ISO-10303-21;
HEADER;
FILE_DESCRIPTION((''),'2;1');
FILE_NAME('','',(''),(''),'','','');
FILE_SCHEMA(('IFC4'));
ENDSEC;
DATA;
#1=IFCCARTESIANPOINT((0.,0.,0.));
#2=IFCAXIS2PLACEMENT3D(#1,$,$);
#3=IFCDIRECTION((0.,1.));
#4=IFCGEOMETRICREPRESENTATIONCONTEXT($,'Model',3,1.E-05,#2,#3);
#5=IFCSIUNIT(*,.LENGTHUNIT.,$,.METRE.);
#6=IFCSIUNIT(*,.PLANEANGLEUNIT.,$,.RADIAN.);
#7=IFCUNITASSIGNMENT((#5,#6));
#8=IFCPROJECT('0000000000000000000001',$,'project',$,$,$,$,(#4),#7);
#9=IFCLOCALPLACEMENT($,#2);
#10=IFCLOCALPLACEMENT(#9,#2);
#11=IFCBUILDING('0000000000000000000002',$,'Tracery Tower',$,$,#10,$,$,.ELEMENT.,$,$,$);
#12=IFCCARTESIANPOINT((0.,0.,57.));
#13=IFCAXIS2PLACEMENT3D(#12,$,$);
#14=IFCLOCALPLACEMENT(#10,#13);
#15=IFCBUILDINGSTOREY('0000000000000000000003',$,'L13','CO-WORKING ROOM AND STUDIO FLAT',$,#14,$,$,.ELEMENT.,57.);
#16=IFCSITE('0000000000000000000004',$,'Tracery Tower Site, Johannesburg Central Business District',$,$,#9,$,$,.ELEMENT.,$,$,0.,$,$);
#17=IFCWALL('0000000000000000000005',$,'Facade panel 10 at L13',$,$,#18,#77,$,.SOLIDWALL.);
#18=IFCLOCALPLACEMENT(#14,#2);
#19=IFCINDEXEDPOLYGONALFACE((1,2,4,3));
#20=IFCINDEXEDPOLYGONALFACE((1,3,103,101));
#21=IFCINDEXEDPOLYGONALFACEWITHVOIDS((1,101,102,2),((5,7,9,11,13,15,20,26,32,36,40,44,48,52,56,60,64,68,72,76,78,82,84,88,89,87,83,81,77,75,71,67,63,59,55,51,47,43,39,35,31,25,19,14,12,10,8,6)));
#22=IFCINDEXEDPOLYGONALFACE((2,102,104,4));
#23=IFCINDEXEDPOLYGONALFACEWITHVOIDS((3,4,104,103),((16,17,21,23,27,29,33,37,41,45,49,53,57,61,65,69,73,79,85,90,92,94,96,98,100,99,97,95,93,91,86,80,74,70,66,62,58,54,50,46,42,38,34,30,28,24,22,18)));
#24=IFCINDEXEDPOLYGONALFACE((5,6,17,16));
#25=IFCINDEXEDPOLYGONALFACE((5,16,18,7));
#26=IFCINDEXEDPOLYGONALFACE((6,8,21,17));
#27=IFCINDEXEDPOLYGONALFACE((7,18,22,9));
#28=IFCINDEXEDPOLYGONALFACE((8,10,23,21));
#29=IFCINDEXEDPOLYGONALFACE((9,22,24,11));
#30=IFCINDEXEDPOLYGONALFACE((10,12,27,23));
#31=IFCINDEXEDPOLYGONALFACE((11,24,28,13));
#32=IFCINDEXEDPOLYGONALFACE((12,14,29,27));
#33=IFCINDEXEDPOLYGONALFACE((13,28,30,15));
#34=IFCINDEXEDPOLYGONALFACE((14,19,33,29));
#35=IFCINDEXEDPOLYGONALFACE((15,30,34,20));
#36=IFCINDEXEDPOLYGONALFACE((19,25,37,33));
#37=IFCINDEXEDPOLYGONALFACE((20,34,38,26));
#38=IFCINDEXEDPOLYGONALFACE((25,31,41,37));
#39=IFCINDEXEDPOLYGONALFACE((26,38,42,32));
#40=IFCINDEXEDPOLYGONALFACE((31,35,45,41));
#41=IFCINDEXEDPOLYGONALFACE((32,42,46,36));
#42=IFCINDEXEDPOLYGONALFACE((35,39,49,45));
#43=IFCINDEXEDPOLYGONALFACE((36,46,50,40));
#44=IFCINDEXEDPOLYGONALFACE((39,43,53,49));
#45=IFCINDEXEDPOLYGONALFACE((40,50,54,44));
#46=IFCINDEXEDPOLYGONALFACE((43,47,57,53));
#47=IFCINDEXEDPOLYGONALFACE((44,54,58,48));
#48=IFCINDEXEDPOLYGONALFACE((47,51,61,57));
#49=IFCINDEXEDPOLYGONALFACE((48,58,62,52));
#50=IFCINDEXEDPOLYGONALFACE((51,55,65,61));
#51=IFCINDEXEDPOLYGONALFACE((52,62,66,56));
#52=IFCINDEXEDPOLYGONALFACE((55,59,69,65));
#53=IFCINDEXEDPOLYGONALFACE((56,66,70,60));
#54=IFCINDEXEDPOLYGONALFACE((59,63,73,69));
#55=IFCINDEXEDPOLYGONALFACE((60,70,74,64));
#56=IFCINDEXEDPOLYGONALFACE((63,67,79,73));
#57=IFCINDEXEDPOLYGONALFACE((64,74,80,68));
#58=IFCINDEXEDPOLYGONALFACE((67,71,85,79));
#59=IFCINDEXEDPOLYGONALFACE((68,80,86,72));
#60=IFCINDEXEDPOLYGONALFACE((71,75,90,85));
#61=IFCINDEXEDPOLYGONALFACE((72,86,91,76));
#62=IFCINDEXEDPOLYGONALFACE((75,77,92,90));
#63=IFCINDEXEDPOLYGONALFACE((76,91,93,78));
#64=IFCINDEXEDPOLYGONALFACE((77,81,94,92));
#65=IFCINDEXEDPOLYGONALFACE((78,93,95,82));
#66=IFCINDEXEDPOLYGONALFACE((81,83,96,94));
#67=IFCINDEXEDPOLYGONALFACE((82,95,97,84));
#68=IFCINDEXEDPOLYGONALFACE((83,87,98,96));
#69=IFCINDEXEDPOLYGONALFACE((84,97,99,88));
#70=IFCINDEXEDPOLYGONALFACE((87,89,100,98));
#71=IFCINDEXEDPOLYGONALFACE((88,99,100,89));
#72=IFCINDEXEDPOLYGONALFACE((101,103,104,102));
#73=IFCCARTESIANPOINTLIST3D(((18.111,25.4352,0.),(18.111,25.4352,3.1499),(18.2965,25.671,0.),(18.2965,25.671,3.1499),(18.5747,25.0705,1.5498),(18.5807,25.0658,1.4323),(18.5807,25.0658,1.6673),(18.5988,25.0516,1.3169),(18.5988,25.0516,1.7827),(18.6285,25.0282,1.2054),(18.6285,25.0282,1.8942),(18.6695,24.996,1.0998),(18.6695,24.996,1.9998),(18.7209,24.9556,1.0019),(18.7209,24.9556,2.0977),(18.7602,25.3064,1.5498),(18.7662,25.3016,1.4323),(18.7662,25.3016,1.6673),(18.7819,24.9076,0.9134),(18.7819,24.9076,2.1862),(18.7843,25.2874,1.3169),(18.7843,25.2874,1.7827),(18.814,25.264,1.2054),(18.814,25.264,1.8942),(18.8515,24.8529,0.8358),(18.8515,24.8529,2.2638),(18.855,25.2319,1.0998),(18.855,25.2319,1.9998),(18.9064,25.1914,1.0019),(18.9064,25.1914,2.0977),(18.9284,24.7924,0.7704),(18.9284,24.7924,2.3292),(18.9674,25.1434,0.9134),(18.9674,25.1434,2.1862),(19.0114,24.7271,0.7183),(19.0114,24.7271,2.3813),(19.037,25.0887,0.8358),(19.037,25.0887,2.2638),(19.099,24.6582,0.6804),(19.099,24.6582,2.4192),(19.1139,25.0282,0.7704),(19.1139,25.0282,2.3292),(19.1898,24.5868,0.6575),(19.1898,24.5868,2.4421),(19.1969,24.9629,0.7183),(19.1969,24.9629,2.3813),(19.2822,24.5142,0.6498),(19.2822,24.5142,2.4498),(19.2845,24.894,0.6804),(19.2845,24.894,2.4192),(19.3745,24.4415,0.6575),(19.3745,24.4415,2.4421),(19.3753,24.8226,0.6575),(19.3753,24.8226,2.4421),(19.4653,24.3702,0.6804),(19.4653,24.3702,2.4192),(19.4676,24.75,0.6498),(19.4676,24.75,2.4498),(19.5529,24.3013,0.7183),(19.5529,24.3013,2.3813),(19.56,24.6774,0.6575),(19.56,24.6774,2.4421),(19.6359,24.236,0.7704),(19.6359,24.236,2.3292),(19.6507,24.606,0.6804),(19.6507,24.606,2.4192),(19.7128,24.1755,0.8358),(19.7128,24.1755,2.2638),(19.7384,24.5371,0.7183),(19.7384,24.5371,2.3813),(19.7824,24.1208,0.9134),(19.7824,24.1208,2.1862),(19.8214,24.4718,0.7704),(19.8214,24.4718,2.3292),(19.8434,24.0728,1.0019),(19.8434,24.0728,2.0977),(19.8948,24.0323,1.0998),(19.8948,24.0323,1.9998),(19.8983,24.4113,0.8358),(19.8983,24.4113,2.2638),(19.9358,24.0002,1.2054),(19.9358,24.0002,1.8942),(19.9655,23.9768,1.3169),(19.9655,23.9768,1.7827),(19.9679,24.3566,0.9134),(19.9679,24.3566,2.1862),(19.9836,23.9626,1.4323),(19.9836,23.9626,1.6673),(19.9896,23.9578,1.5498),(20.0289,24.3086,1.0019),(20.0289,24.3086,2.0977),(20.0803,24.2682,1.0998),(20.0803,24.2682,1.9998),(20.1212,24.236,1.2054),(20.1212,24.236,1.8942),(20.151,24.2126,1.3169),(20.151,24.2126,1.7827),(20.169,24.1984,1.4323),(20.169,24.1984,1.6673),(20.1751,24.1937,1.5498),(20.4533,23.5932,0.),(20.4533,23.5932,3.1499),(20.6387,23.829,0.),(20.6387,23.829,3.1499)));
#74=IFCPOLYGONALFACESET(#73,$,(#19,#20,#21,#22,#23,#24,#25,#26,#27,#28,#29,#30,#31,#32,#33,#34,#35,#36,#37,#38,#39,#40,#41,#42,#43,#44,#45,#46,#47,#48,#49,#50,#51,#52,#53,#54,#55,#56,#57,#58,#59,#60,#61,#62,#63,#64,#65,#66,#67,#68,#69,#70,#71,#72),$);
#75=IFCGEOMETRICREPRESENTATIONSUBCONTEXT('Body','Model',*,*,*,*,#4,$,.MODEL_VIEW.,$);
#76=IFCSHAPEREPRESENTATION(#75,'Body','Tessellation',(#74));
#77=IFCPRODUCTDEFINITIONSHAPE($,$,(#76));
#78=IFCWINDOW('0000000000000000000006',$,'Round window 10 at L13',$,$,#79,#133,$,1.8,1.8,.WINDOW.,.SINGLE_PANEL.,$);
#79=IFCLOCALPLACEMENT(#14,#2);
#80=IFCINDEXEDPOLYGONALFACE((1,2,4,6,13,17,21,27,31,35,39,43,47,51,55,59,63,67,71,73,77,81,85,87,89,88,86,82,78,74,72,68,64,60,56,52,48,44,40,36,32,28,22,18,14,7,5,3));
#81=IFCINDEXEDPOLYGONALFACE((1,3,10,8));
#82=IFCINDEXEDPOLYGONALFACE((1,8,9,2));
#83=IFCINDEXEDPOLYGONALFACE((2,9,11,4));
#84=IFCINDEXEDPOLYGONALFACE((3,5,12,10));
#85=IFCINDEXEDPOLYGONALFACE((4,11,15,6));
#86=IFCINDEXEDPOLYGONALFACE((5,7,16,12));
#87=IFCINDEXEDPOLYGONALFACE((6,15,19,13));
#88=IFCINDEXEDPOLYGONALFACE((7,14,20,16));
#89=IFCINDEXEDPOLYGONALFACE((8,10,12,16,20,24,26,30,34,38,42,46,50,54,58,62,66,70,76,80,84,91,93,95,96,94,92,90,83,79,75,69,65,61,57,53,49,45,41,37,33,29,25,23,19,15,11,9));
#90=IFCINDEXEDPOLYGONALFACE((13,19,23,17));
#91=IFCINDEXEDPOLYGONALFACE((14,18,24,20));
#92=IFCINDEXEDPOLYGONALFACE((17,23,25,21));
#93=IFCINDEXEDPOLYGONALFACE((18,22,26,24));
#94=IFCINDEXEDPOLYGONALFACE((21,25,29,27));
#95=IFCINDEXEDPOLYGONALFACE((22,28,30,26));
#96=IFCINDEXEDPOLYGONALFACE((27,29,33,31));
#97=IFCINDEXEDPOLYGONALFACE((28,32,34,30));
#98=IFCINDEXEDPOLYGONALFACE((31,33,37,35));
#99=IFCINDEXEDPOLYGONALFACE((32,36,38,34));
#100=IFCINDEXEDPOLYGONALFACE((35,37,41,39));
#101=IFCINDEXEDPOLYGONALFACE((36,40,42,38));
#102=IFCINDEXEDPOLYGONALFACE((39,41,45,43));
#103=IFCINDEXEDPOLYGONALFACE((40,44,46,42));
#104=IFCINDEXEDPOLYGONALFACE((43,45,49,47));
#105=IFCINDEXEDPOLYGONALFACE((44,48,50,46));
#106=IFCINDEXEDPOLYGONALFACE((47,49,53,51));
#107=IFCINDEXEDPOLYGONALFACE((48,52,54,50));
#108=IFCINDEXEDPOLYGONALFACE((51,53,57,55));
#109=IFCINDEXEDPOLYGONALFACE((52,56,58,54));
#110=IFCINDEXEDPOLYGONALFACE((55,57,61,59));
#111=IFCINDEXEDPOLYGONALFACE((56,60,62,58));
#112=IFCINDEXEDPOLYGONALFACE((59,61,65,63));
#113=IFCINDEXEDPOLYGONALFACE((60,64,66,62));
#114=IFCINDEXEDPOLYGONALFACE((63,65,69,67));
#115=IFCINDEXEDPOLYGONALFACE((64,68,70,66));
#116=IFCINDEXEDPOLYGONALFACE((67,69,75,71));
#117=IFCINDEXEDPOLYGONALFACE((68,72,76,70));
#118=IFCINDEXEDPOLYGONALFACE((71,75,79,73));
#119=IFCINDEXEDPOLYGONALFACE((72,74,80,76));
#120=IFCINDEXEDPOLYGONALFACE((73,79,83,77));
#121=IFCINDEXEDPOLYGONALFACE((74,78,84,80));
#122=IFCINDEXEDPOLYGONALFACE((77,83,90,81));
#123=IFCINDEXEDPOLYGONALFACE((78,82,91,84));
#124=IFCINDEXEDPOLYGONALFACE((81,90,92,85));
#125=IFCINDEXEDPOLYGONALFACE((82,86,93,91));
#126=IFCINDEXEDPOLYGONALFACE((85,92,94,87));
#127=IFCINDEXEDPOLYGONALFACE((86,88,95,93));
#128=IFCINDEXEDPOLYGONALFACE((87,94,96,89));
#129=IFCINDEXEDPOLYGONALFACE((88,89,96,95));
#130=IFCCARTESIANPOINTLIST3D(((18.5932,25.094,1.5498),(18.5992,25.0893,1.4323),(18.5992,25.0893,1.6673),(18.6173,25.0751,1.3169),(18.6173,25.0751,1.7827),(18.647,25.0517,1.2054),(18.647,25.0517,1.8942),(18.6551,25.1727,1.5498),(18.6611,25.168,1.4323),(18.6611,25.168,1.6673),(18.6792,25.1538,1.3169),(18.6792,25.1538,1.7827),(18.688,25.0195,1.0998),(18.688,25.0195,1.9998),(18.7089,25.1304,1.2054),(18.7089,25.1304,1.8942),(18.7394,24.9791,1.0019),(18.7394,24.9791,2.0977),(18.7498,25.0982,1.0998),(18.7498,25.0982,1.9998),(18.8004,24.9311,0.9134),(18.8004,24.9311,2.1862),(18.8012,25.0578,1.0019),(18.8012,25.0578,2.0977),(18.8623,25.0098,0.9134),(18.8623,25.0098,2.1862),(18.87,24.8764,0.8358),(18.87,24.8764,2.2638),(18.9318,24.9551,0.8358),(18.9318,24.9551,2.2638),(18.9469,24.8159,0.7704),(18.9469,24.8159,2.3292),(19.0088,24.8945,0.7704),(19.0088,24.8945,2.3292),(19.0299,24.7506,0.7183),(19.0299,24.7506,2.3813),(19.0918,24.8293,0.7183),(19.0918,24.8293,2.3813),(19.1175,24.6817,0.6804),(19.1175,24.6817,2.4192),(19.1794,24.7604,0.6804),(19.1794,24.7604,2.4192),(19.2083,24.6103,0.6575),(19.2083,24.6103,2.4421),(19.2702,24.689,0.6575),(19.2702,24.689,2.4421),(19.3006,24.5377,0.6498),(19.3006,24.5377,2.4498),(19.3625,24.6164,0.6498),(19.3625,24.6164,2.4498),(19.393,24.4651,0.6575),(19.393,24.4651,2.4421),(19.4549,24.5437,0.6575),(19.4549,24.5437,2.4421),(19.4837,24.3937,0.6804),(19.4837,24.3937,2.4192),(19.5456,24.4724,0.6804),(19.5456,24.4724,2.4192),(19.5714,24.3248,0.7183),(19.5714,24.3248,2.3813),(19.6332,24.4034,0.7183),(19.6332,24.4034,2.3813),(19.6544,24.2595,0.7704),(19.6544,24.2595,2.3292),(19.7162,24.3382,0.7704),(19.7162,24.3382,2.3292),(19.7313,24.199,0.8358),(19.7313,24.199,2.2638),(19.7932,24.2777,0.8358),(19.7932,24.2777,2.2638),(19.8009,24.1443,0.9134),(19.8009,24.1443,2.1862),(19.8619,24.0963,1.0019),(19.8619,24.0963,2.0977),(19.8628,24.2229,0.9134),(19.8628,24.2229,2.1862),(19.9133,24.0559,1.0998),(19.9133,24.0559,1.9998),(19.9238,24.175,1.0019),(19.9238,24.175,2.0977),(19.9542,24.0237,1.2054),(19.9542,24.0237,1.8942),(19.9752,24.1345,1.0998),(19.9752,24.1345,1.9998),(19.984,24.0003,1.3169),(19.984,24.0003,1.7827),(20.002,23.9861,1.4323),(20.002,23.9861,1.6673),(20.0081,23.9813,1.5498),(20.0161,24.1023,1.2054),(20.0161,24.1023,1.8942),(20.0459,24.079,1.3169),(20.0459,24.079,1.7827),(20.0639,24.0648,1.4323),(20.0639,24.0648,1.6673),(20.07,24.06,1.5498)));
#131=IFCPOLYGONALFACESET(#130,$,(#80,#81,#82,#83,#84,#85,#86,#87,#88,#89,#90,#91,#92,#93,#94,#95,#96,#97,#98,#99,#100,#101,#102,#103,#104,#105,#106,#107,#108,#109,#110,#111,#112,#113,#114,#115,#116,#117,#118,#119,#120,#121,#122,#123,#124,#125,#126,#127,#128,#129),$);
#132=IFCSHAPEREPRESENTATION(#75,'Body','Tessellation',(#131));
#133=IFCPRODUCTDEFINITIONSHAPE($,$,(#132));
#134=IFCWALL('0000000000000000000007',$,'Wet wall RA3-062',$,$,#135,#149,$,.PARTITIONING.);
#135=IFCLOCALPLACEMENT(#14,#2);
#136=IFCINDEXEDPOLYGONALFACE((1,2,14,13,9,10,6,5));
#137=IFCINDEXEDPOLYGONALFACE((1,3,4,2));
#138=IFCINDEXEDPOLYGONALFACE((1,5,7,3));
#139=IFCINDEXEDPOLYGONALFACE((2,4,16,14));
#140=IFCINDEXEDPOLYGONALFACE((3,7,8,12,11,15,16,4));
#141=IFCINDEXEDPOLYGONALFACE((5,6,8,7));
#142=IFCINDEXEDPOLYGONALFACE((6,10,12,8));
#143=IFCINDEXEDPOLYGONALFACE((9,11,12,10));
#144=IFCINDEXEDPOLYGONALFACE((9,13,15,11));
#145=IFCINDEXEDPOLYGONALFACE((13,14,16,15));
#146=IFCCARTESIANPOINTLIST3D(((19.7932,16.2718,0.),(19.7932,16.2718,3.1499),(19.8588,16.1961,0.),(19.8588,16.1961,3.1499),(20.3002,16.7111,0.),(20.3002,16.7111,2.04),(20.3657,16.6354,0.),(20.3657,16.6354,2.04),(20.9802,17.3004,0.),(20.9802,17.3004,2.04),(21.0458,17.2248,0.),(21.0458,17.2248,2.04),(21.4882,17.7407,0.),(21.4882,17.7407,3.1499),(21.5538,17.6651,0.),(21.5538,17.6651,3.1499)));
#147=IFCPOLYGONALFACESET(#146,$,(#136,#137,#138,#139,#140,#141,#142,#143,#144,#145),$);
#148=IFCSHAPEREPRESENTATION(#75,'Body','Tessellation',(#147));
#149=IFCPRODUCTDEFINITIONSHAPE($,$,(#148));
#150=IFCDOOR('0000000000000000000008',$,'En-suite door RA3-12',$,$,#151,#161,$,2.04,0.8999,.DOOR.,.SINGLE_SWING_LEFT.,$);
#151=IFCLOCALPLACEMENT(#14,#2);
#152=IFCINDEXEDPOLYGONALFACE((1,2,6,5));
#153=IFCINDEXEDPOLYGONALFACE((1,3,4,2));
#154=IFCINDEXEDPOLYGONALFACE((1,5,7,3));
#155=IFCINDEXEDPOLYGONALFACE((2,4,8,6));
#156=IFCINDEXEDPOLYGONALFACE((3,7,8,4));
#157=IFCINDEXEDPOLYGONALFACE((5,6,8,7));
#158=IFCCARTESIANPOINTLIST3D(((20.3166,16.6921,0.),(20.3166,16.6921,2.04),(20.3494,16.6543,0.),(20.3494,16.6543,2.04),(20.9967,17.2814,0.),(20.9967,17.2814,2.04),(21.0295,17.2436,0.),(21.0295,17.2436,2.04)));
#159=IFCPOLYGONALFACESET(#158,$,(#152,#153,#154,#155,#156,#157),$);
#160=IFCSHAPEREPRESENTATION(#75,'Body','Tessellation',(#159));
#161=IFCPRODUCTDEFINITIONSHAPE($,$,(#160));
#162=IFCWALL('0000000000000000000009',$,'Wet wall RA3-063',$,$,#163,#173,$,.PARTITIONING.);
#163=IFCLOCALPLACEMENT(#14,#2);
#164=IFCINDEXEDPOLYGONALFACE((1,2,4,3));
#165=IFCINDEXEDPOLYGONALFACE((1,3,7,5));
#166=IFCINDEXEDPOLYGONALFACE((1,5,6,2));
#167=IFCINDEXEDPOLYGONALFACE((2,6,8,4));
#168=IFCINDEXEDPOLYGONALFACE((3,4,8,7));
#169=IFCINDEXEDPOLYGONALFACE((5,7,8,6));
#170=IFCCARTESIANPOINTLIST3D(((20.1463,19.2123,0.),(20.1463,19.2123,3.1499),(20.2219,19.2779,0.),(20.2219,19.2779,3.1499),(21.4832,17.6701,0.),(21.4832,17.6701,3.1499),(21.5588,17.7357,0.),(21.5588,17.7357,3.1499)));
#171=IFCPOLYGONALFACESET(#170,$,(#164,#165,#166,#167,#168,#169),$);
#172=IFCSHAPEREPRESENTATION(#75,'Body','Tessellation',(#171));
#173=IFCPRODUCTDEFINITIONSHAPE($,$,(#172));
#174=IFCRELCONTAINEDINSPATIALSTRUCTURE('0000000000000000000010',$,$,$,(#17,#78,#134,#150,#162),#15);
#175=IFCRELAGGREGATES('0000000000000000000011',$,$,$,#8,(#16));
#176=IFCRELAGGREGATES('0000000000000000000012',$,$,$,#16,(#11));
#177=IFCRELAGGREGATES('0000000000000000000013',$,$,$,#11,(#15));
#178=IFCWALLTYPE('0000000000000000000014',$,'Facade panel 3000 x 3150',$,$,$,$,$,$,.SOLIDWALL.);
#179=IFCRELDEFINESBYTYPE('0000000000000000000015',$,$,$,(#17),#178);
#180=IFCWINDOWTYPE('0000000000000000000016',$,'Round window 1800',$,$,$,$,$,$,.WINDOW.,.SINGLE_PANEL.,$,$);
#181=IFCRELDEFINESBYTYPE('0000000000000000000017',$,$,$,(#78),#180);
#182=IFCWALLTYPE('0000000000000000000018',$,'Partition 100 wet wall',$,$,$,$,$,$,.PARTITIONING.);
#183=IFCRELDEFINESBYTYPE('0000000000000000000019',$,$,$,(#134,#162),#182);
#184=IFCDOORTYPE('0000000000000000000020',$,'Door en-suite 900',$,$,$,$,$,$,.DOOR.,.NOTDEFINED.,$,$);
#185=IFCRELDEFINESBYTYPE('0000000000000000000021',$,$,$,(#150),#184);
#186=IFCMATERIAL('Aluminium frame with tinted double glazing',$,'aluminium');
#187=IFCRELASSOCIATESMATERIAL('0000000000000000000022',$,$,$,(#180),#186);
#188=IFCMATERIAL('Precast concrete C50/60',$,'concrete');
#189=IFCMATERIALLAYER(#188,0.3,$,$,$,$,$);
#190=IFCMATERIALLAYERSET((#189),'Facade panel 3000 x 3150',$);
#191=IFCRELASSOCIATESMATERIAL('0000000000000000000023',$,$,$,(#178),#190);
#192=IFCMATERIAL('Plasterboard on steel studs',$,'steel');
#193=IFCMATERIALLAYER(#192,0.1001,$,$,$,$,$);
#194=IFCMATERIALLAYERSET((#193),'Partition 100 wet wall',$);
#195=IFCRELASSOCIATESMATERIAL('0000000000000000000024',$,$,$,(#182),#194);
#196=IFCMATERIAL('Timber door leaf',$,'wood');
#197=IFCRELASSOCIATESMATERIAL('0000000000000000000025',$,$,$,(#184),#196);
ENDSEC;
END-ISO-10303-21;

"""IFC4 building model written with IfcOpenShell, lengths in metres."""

from ifc_helpers import new_model, si_unit, direction, frame, frame_2d, origin, origin_2d, place, context, subcontext, project, spatial, rectangle, circle, extrude, material, layer, layer_set, type_object, element, fill, save


model = new_model("IFC4")

# Units and contexts
model_context = context("Model", 3, precision=1e-05, world=origin(), true_north=direction((0.0, 1.0)))
body_context = subcontext(model_context, "Body", "Model", "MODEL_VIEW")
ifc_project = project(units=[si_unit("LENGTHUNIT", "METRE"), si_unit("PLANEANGLEUNIT", "RADIAN")], contexts=[model_context])

# Site, building, storey
site_placement = place(None, origin())
site = spatial("IfcSite", under=ifc_project, at=site_placement, Name="Tracery Tower Site, Johannesburg Central Business District", CompositionType="ELEMENT", RefElevation=0.0)
building_placement = place(site_placement, origin())
building = spatial("IfcBuilding", under=site, at=building_placement, Name="Tracery Tower", CompositionType="ELEMENT")
storey_placement = place(building_placement, frame((0.0, 0.0, 57.0)))
storey = spatial("IfcBuildingStorey", under=building, at=storey_placement, Name="L13", Description="CO-WORKING ROOM AND STUDIO FLAT", CompositionType="ELEMENT", Elevation=57.0)

# Wall, opening, window
ifc_material_1 = material(Name="Aluminium frame with tinted double glazing", Category="aluminium")
window_type = type_object("IfcWindowType", Name="Round window 1800", PartitioningType="SINGLE_PANEL", PredefinedType="WINDOW", material=ifc_material_1)
ifc_material_2 = material(Name="Precast concrete C50/60", Category="concrete")
ifc_layer_1 = layer(ifc_material_2, 0.3)
ifc_layer_set_1 = layer_set([ifc_layer_1], Name="Facade panel 3000 x 3150")
wall_type_1 = type_object("IfcWallType", Name="Facade panel 3000 x 3150", PredefinedType="SOLIDWALL", material=ifc_layer_set_1)
wall_1_placement = place(storey_placement, frame((20.5459, 23.7112, 0.0), z_axis=(0.0, 0.0, 1.0), x_axis=(-0.786045, 0.618169, 0.0)))
wall_1 = element("IfcWall", 1, at=wall_1_placement, inside=storey, type_object=wall_type_1, Name="Facade panel 10 at L13", PredefinedType="SOLIDWALL", context=body_context, shape_type="SweptSolid", body=[
    extrude(rectangle(XDim=2.9797, YDim=0.3, at=frame_2d((1.4897, 0.0))), origin(), (0.0, 0.0, 1.0), 3.1499),
])
opening_1_placement = place(wall_1_placement, frame((1.4897, 0.0, 1.5498)))
opening_1 = element("IfcOpeningElement", 2, at=opening_1_placement, cuts=wall_1, PredefinedType="OPENING", context=body_context, shape_type="SweptSolid", body=[
    extrude(circle(Radius=0.9, at=origin_2d()), frame((0.0, 0.1599, 0.0), z_axis=(0.0, -1.0, 0.0), x_axis=(1.0, 0.0, 0.0)), (0.0, 0.0, 1.0), 0.3201),
])
window_1_placement = place(opening_1_placement, origin())
window_1 = element("IfcWindow", 3, at=window_1_placement, inside=storey, type_object=window_type, Name="Round window 10 at L13", OverallHeight=1.8, OverallWidth=1.8, PartitioningType="SINGLE_PANEL", PredefinedType="WINDOW", context=body_context, shape_type="SweptSolid", body=[
    extrude(circle(Radius=0.9, at=origin_2d()), frame((0.0, 0.1201, 0.0), z_axis=(0.0, -1.0, 0.0), x_axis=(1.0, 0.0, 0.0)), (0.0, 0.0, 1.0), 0.1001),
])
fill(opening_1, window_1)

# Wall, opening, door
ifc_material_3 = material(Name="Plasterboard on steel studs", Category="steel")
ifc_layer_2 = layer(ifc_material_3, 0.1001)
ifc_layer_set_2 = layer_set([ifc_layer_2], Name="Partition 100 wet wall")
wall_type_2 = type_object("IfcWallType", Name="Partition 100 wet wall", PredefinedType="PARTITIONING", material=ifc_layer_set_2)
wall_2_placement = place(storey_placement, frame((19.8259, 16.2339, 0.0), z_axis=(0.0, 0.0, 1.0), x_axis=(0.755703, 0.654914, 0.0)))
wall_2 = element("IfcWall", 4, at=wall_2_placement, inside=storey, type_object=wall_type_2, Name="Wet wall RA3-062", PredefinedType="PARTITIONING", context=body_context, shape_type="SweptSolid", body=[
    extrude(rectangle(XDim=2.2429, YDim=0.1001, at=frame_2d((1.1216, 0.0))), origin(), (0.0, 0.0, 1.0), 3.1499),
])
opening_2_placement = place(wall_2_placement, frame((0.6709, 0.0, 0.0)))
opening_2 = element("IfcOpeningElement", 5, at=opening_2_placement, cuts=wall_2, PredefinedType="OPENING", context=body_context, shape_type="SweptSolid", body=[
    extrude(rectangle(XDim=0.8999, YDim=2.04, at=frame_2d((0.45, 1.02))), frame((0.0, 0.05, 0.0), z_axis=(0.0, -1.0, 0.0), x_axis=(1.0, 0.0, 0.0)), (0.0, 0.0, 1.0), 0.1001),
])
ifc_material_4 = material(Name="Timber door leaf", Category="wood")
door_type = type_object("IfcDoorType", Name="Door en-suite 900", OperationType="NOTDEFINED", PredefinedType="DOOR", material=ifc_material_4)
door_placement = place(opening_2_placement, origin())
door = element("IfcDoor", 6, at=door_placement, inside=storey, type_object=door_type, Name="En-suite door RA3-12", OperationType="SINGLE_SWING_LEFT", OverallHeight=2.04, OverallWidth=0.8999, PredefinedType="DOOR", context=body_context, shape_type="SweptSolid", body=[
    extrude(rectangle(XDim=0.8999, YDim=2.04, at=frame_2d((0.45, 1.02))), frame((0.0, 0.0249, 0.0), z_axis=(0.0, -1.0, 0.0), x_axis=(1.0, 0.0, 0.0)), (0.0, 0.0, 1.0), 0.05),
])
fill(opening_2, door)

# Wall
wall_3_placement = place(storey_placement, frame((20.1841, 19.2451, 0.0), z_axis=(0.0, 0.0, 1.0), x_axis=(0.655017, -0.755614, 0.0)))
element("IfcWall", 7, at=wall_3_placement, inside=storey, type_object=wall_type_2, Name="Wet wall RA3-063", PredefinedType="PARTITIONING", context=body_context, shape_type="SweptSolid", body=[
    extrude(rectangle(XDim=2.041, YDim=0.1001, at=frame_2d((1.0205, 0.0))), origin(), (0.0, 0.0, 1.0), 3.1499),
])

save(model, "model.ifc")
